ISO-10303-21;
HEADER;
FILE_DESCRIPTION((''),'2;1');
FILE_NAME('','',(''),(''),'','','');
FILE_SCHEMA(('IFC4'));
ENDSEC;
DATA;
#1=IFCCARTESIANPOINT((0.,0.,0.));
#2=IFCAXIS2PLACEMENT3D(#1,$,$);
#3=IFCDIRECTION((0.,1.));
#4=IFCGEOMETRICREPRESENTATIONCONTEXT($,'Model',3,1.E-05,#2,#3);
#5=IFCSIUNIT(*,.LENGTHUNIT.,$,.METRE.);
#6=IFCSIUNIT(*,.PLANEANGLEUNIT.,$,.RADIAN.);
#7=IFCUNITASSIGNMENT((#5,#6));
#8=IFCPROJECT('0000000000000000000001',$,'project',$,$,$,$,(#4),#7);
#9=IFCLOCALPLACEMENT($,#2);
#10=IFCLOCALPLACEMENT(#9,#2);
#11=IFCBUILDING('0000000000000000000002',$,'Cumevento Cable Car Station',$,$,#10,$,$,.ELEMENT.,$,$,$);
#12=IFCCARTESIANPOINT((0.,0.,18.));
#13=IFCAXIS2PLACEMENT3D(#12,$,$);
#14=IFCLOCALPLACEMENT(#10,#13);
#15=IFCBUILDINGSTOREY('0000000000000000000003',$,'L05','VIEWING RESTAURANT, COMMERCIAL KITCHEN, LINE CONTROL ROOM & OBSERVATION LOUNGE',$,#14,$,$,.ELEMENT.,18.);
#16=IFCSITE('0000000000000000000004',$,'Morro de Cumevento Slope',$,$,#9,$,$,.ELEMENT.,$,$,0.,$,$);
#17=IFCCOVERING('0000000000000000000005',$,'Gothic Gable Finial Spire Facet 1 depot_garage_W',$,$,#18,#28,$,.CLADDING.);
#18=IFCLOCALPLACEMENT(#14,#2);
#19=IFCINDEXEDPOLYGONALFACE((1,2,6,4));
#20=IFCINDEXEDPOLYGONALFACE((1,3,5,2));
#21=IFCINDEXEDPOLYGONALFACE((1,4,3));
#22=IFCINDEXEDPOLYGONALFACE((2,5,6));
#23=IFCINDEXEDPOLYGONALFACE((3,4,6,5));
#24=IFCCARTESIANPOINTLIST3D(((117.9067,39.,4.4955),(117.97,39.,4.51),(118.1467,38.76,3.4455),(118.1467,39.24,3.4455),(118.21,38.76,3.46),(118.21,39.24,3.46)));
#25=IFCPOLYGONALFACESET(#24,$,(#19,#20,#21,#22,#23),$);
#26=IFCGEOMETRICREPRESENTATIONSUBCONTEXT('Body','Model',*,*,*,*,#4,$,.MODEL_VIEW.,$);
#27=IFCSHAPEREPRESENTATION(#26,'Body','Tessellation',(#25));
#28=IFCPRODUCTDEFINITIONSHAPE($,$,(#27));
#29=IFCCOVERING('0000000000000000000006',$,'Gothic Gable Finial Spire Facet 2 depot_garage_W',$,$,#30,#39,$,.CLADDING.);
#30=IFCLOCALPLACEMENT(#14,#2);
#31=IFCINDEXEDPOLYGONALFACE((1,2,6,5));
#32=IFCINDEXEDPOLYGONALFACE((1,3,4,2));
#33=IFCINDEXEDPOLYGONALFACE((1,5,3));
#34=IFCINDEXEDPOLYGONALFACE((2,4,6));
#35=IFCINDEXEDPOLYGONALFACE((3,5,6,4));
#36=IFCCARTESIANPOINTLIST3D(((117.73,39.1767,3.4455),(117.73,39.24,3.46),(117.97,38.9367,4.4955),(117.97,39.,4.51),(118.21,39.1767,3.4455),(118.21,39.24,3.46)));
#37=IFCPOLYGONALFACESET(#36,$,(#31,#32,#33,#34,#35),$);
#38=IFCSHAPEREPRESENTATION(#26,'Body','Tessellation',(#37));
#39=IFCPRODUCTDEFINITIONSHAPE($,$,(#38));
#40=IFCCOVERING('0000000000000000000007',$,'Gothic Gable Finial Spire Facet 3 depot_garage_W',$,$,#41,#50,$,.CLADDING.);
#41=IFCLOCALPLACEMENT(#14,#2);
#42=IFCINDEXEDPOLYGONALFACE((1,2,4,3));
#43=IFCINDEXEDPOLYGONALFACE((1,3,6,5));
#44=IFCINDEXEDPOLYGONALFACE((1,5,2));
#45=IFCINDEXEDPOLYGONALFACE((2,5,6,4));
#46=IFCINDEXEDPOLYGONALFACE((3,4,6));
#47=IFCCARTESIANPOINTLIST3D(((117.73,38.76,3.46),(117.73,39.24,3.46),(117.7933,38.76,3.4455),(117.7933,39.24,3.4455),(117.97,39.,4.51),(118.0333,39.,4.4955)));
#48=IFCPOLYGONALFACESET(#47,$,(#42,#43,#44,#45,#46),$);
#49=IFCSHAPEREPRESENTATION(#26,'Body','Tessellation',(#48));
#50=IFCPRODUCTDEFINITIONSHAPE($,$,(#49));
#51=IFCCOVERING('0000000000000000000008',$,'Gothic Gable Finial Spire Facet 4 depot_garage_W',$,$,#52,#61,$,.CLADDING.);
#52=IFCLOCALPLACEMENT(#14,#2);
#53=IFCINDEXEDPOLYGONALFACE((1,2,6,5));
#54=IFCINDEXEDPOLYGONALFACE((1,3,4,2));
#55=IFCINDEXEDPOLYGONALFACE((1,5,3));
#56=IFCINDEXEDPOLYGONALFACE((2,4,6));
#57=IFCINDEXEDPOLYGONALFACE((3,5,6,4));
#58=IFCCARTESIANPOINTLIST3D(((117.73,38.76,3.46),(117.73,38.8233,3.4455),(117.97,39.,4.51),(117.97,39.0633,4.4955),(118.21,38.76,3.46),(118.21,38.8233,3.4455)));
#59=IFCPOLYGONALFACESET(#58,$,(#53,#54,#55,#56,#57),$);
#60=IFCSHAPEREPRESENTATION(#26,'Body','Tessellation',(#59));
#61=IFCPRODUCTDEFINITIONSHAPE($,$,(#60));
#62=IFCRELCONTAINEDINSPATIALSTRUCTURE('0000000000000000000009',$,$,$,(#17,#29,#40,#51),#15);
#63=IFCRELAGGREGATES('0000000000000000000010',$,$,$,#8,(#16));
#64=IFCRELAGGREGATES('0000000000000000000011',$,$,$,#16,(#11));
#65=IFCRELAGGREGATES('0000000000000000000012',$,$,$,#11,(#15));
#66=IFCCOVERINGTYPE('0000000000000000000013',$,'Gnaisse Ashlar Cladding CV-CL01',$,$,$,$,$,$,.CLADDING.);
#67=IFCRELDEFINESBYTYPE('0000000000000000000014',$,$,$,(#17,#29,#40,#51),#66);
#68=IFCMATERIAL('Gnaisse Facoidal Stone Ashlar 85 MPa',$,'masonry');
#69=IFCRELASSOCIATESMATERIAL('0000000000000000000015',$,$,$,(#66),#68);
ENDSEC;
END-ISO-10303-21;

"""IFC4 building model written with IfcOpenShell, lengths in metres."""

from ifc_helpers import new_model, si_unit, direction, frame, origin, place, context, subcontext, project, spatial, polyline, outline, extrude, material, type_object, element, save


model = new_model("IFC4")

# Units and contexts
model_context = context("Model", 3, precision=1e-05, world=origin(), true_north=direction((0.0, 1.0)))
body_context = subcontext(model_context, "Body", "Model", "MODEL_VIEW")
ifc_project = project(units=[si_unit("LENGTHUNIT", "METRE"), si_unit("PLANEANGLEUNIT", "RADIAN")], contexts=[model_context])

# Site, building, storey
site_placement = place(None, origin())
site = spatial("IfcSite", under=ifc_project, at=site_placement, Name="Morro de Cumevento Slope", CompositionType="ELEMENT", RefElevation=0.0)
building_placement = place(site_placement, origin())
building = spatial("IfcBuilding", under=site, at=building_placement, Name="Cumevento Cable Car Station", CompositionType="ELEMENT")
storey_placement = place(building_placement, frame((0.0, 0.0, 18.0)))
storey = spatial("IfcBuildingStorey", under=building, at=storey_placement, Name="L05", Description="VIEWING RESTAURANT, COMMERCIAL KITCHEN, LINE CONTROL ROOM & OBSERVATION LOUNGE", CompositionType="ELEMENT", Elevation=18.0)

# Coverings
ifc_material_1 = material(Name="Gnaisse Facoidal Stone Ashlar 85 MPa", Category="masonry")
covering_type_1 = type_object("IfcCoveringType", Name="Gnaisse Ashlar Cladding CV-CL01", PredefinedType="CLADDING", material=ifc_material_1)
for number, where, z_axis, x_axis, name in (
    (1, (118.21, 38.76, 3.46), (0.974863, 0.0, 0.222806), (0.0, 1.0, 0.0), "Gothic Gable Finial Spire Facet 1 depot_garage_W"),
    (2, (118.21, 39.24, 3.46), (0.0, 0.974863, 0.222806), (-1.0, 0.0, 0.0), "Gothic Gable Finial Spire Facet 2 depot_garage_W"),
    (3, (117.73, 39.24, 3.46), (-0.974863, 0.0, 0.222806), (0.0, -1.0, 0.0), "Gothic Gable Finial Spire Facet 3 depot_garage_W"),
    (4, (117.73, 38.76, 3.46), (0.0, -0.974863, 0.222806), (1.0, 0.0, 0.0), "Gothic Gable Finial Spire Facet 4 depot_garage_W"),
):
    element("IfcCovering", number, at=place(storey_placement, frame(where, z_axis=z_axis, x_axis=x_axis)), inside=storey, type_object=covering_type_1, Name=name, PredefinedType="CLADDING", context=body_context, shape_type="SweptSolid", body=[
        extrude(outline(polyline([(0.0, 0.0), (0.48, 0.0), (0.24, 1.0771), (0.0, 0.0)])), origin(), (0.0, 0.0, -1.0), 0.0649),
    ])

save(model, "model.ifc")
